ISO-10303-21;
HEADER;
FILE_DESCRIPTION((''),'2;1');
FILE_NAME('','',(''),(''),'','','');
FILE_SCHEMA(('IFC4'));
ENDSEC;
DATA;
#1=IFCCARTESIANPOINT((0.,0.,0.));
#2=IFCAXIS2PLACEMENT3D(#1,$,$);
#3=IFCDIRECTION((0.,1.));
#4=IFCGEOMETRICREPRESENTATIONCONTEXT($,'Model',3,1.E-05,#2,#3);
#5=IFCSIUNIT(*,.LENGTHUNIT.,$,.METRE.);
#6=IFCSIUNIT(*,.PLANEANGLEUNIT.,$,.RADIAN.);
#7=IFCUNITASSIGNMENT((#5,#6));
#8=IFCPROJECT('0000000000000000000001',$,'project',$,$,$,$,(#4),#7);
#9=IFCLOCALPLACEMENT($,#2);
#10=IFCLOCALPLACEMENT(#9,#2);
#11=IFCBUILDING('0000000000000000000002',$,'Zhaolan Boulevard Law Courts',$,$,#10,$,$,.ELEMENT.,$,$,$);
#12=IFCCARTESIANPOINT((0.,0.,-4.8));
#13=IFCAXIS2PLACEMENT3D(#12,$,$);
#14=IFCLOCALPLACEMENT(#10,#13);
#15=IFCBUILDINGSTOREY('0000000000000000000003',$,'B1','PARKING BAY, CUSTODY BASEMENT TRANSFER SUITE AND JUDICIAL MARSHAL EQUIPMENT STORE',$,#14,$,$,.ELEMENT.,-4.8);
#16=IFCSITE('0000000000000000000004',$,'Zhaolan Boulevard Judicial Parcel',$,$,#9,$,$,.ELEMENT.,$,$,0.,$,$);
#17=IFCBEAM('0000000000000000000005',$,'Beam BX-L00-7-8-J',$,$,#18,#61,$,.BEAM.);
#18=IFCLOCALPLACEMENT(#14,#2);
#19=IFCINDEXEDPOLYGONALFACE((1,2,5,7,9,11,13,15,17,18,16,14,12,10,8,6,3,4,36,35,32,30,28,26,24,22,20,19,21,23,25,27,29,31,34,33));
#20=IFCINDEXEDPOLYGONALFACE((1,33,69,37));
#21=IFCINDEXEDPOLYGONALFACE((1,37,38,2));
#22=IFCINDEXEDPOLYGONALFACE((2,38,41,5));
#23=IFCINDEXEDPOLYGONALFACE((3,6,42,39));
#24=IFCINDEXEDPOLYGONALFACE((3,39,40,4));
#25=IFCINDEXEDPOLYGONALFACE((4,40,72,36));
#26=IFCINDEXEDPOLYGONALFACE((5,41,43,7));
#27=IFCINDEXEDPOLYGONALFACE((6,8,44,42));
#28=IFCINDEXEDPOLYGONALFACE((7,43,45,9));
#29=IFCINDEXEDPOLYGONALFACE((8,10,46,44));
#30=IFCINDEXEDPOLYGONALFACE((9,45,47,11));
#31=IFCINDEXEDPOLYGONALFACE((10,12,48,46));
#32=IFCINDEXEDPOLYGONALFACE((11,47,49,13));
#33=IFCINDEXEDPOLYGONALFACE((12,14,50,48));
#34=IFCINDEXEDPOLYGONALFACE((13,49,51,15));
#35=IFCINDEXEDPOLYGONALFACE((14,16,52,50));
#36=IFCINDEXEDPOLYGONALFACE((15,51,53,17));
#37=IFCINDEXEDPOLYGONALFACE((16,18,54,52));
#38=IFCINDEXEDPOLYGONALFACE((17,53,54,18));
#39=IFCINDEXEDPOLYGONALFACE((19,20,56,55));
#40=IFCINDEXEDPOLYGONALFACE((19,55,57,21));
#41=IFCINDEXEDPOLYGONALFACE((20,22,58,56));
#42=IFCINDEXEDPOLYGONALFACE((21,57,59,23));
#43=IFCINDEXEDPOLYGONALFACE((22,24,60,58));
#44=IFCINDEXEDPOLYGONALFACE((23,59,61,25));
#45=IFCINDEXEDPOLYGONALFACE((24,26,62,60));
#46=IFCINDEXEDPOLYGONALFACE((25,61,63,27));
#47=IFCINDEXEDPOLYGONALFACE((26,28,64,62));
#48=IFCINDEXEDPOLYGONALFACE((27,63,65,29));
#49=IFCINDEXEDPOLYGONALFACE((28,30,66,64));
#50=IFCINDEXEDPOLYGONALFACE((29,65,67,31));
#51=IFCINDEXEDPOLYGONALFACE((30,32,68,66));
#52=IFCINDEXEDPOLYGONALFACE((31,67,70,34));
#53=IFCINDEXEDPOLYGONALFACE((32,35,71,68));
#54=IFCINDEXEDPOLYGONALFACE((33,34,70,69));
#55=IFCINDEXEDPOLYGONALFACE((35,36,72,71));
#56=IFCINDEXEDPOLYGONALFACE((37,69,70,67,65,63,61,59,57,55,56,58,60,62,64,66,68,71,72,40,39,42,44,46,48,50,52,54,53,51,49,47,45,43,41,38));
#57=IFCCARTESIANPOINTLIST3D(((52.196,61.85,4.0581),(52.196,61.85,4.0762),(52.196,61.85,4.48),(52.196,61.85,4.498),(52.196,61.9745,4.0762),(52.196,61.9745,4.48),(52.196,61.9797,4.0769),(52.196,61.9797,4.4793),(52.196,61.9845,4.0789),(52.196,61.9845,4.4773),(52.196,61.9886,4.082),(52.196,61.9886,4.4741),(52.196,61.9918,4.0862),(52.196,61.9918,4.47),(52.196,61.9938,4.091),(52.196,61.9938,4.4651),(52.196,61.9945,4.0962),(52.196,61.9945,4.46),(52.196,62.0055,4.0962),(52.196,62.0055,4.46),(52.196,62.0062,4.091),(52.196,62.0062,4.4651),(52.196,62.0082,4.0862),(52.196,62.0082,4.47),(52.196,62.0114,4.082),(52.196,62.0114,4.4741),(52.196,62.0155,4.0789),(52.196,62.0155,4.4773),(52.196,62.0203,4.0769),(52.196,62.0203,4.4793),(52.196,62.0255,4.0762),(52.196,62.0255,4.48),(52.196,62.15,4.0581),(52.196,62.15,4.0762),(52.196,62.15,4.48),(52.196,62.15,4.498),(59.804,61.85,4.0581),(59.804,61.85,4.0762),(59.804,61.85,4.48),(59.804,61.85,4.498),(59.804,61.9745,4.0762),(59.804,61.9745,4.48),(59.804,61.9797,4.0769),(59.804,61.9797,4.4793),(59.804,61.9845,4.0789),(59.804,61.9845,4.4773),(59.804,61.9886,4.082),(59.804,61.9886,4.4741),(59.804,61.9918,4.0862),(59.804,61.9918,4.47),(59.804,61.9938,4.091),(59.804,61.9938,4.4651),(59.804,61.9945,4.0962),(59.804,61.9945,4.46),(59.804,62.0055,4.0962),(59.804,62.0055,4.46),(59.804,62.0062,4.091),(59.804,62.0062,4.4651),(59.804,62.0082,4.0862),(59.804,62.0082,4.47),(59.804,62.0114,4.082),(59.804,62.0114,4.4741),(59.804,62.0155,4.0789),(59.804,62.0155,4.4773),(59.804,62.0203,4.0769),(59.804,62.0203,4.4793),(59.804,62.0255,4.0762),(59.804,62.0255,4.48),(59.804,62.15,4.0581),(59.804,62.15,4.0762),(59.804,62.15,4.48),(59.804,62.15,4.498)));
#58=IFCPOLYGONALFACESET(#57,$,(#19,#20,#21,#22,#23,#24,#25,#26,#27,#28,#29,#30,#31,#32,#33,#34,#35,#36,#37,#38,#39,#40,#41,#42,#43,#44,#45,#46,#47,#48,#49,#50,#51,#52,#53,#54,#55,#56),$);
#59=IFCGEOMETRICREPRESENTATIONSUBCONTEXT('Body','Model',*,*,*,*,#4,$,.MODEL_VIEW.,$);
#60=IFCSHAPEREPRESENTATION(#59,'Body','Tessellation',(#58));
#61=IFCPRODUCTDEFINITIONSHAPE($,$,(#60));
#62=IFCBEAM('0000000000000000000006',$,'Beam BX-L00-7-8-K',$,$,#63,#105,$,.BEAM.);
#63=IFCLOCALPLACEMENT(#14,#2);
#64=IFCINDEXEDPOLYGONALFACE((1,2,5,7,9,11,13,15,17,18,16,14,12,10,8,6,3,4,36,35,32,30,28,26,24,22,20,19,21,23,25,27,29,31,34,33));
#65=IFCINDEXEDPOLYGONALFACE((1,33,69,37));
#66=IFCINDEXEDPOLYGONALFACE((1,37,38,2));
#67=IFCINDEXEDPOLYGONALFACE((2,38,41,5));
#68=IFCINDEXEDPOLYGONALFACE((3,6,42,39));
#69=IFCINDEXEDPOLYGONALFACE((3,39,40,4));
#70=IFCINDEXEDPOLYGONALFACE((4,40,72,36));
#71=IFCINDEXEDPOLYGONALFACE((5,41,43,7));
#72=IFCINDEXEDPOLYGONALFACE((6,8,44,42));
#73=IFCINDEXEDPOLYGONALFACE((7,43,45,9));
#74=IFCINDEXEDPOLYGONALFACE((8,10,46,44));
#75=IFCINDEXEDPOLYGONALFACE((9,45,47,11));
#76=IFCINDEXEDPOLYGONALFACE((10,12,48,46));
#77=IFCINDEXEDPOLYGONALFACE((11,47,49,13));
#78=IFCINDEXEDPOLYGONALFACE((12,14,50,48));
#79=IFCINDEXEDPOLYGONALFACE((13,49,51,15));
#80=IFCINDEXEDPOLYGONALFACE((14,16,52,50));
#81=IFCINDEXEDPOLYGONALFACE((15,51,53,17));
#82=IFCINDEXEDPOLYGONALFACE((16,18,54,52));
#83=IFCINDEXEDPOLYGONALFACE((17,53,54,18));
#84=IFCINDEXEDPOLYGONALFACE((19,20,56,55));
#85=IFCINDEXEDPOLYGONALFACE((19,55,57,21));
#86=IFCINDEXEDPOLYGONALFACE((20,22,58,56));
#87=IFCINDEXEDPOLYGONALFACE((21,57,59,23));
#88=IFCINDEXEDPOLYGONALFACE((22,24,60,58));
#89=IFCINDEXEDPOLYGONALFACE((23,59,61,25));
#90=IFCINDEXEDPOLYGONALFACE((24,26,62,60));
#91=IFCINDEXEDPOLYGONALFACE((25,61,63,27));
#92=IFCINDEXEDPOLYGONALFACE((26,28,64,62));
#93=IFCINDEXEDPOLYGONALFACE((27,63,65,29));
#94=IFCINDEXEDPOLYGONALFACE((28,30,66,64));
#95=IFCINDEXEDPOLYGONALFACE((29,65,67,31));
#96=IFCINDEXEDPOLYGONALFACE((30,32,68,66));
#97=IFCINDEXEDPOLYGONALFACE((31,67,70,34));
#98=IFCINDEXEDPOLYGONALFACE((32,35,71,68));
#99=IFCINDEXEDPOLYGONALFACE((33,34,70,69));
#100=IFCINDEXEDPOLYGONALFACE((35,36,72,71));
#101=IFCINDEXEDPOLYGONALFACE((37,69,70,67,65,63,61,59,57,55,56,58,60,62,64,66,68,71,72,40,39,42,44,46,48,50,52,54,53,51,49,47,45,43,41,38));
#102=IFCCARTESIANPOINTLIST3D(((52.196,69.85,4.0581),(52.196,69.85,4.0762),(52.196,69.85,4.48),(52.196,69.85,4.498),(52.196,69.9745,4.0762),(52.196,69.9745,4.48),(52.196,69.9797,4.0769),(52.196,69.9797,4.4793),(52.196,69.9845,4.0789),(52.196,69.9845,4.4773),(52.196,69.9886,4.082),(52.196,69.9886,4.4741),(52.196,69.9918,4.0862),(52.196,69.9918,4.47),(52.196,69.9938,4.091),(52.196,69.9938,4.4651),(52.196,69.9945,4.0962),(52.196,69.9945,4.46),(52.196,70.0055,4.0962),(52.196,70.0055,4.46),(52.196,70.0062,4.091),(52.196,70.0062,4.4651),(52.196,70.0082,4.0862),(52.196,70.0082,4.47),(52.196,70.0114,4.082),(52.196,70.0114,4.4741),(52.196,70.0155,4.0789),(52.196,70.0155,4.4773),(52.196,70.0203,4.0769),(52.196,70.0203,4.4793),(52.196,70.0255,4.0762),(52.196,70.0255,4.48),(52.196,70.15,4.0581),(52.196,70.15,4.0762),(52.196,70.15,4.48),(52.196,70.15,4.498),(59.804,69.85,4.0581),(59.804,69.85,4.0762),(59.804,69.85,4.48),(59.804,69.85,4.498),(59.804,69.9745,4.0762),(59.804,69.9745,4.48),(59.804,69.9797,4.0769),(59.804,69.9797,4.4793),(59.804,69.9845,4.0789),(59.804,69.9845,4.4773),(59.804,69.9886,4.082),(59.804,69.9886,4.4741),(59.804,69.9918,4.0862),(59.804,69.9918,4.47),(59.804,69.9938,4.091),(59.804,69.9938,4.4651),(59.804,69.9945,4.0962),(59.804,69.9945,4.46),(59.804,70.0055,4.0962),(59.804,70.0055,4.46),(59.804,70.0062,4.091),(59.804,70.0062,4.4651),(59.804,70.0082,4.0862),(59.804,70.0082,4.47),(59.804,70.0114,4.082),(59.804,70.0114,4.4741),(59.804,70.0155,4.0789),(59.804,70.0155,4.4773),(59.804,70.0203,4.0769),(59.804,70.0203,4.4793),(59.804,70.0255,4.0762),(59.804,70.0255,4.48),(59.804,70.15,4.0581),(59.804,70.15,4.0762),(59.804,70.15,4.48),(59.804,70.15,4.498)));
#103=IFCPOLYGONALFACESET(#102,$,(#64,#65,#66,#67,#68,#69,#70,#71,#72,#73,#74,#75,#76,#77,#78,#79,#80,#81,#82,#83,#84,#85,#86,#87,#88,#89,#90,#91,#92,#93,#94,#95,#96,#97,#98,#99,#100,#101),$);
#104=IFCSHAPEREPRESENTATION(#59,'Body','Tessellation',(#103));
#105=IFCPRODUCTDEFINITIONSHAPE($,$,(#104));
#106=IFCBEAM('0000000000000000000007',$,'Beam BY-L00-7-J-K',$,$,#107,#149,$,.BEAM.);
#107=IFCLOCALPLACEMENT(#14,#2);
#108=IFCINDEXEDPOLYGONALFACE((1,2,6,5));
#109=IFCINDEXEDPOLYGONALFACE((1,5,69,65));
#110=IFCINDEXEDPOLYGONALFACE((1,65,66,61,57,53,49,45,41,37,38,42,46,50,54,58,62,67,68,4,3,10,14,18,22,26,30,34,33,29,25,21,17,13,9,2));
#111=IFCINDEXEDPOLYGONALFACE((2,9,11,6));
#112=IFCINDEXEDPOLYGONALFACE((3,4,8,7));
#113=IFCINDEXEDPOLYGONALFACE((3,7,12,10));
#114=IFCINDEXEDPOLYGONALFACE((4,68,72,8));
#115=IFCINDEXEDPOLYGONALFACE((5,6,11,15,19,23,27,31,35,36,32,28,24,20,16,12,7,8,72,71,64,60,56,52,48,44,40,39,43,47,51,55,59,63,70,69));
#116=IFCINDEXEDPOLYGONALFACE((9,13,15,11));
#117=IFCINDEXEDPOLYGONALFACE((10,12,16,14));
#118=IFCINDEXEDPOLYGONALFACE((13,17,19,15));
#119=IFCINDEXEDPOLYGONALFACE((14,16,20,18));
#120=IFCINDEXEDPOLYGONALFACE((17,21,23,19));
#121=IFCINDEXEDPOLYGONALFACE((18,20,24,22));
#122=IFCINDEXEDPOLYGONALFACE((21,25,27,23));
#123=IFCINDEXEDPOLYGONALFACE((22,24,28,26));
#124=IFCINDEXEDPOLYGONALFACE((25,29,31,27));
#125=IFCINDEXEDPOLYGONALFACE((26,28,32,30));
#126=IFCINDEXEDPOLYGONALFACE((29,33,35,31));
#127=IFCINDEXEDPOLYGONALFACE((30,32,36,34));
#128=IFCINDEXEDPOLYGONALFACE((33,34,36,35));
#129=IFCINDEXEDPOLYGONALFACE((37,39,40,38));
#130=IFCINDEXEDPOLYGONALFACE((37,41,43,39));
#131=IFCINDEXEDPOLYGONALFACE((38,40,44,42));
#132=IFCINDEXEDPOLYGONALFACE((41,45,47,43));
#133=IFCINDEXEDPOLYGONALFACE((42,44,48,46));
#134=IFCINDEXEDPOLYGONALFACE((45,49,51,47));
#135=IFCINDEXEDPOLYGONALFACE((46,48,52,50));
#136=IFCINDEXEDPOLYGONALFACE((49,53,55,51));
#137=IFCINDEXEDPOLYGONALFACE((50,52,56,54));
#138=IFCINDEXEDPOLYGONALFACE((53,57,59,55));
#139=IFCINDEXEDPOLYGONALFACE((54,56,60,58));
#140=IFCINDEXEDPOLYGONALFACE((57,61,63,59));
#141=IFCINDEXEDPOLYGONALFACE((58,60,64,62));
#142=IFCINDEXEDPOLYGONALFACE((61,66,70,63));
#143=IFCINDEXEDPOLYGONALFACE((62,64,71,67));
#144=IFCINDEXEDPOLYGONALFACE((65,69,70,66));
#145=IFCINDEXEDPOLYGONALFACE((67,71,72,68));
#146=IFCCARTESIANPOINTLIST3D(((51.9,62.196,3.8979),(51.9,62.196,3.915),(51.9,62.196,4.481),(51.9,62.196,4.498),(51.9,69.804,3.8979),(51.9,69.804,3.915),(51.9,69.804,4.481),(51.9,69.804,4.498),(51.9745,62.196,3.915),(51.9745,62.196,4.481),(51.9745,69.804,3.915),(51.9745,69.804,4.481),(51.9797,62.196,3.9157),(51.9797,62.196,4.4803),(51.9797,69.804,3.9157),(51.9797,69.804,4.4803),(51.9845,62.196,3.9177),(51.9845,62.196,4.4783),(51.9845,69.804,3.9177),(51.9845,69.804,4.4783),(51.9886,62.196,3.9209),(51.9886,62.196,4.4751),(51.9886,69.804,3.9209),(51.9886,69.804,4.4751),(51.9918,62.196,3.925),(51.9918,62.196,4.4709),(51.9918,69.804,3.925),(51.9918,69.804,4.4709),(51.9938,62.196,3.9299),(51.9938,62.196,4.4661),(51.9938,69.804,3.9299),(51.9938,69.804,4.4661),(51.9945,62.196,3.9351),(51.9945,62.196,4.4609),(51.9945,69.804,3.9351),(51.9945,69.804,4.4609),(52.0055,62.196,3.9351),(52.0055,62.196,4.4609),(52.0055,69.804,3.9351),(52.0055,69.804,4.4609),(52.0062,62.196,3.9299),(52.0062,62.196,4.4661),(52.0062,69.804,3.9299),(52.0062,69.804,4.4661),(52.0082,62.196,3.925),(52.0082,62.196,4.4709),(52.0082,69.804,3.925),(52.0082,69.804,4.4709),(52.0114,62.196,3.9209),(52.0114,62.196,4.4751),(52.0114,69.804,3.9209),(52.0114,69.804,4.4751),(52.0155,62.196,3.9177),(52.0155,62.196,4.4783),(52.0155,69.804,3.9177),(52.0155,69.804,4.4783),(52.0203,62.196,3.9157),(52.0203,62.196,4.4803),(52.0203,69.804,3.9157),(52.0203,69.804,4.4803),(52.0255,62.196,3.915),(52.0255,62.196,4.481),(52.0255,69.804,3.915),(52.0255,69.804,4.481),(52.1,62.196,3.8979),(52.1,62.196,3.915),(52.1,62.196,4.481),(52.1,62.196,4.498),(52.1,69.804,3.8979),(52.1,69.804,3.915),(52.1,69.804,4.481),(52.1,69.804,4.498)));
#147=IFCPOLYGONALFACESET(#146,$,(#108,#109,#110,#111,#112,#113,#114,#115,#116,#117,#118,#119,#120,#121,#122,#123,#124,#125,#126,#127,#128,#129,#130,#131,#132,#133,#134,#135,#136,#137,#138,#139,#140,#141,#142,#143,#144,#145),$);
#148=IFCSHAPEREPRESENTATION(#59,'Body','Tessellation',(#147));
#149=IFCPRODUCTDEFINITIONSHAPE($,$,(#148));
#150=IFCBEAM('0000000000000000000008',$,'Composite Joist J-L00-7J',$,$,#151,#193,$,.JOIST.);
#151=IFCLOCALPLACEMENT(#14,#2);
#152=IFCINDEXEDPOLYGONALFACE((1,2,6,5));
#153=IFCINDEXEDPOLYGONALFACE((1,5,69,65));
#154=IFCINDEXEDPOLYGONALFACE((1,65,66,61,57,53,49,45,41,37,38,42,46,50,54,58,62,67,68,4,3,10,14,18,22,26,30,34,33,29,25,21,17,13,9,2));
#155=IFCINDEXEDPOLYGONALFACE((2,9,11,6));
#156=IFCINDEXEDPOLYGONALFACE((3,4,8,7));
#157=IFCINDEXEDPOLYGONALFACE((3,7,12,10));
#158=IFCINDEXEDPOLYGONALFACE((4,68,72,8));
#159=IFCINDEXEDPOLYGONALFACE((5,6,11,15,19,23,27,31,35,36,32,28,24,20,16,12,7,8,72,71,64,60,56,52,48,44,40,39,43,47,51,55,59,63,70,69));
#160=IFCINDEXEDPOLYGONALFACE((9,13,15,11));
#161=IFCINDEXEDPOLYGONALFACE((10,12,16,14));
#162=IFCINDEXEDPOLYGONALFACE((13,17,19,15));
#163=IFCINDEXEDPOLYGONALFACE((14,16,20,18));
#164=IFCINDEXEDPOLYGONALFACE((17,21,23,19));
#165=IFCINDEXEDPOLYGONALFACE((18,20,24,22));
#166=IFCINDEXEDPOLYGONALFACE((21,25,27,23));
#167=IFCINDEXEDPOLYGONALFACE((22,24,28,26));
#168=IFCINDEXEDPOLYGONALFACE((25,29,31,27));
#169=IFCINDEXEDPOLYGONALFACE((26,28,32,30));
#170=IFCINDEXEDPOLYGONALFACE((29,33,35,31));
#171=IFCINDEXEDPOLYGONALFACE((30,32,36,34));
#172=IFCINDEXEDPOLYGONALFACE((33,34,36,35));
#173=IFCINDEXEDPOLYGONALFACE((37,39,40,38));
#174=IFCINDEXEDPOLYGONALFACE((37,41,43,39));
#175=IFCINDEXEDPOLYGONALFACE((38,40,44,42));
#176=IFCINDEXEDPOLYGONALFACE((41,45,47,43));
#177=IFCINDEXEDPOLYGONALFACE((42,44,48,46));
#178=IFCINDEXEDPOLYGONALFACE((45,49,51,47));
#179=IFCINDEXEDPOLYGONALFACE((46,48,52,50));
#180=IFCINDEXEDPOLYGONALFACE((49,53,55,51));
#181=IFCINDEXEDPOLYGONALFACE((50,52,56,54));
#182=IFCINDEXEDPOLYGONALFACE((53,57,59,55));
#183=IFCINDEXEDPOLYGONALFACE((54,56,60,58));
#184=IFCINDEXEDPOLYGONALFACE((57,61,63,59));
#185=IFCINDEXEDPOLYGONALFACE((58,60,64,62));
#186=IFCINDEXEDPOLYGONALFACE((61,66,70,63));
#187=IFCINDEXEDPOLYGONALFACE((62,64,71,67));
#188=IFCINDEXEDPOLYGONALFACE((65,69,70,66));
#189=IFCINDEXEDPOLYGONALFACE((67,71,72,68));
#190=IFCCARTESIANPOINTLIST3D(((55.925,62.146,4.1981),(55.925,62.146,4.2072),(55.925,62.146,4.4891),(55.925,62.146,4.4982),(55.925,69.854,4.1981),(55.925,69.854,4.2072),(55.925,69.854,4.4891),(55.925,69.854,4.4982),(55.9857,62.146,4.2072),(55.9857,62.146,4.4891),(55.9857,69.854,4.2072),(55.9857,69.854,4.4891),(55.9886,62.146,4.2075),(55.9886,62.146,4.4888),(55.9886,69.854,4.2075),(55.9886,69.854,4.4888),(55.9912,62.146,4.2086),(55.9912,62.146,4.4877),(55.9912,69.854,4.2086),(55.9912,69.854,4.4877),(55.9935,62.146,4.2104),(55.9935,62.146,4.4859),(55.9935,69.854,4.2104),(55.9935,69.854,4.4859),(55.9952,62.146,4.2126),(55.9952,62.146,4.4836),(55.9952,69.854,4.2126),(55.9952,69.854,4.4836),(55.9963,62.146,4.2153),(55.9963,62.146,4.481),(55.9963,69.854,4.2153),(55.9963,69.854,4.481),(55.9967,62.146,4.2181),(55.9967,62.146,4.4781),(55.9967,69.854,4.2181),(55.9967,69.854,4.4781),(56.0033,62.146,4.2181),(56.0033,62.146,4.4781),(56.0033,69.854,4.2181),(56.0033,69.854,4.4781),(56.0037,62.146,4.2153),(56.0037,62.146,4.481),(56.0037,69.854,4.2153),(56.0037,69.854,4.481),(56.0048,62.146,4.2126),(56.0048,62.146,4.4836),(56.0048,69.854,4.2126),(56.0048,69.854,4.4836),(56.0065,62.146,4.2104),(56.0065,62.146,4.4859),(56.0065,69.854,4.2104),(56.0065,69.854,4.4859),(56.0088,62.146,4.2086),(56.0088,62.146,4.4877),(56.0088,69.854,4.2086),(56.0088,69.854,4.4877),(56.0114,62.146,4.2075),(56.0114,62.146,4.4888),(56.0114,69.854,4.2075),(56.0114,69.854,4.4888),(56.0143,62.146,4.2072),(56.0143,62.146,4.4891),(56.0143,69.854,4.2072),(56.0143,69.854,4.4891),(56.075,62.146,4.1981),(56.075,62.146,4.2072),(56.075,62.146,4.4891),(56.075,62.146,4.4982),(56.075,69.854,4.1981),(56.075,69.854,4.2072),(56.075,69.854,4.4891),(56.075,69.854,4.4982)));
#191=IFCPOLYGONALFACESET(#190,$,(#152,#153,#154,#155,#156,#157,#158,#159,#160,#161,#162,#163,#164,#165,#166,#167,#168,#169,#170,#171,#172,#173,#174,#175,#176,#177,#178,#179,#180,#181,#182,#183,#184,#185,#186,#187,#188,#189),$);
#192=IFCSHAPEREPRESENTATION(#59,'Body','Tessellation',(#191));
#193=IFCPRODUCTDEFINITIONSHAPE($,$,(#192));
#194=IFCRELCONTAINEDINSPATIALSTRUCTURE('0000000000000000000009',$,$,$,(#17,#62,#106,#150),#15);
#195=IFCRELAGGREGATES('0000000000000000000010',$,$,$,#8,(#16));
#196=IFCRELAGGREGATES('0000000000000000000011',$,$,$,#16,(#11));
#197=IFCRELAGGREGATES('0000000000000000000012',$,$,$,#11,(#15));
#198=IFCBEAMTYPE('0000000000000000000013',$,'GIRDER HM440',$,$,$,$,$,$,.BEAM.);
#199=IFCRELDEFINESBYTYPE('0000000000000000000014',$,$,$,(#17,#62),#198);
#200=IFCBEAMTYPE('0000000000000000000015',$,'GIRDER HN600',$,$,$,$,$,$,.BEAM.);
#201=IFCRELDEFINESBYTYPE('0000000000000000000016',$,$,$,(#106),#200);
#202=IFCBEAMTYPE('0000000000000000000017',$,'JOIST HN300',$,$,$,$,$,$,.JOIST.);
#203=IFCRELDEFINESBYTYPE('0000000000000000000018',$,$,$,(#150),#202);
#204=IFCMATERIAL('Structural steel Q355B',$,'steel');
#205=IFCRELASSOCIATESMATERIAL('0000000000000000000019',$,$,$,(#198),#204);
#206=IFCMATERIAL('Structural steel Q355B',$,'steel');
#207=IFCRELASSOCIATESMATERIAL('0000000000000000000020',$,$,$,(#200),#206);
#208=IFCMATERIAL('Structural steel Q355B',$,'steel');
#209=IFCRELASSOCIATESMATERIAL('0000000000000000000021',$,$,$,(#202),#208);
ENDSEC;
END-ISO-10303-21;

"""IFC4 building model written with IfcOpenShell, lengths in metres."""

from ifc_helpers import new_model, si_unit, direction, frame, origin, origin_2d, place, context, subcontext, project, spatial, i_section, extrude, material, material_profile, profile_set, type_object, element, save


model = new_model("IFC4")

# Units and contexts
model_context = context("Model", 3, precision=1e-05, world=origin(), true_north=direction((0.0, 1.0)))
body_context = subcontext(model_context, "Body", "Model", "MODEL_VIEW")
ifc_project = project(units=[si_unit("LENGTHUNIT", "METRE"), si_unit("PLANEANGLEUNIT", "RADIAN")], contexts=[model_context])

# Site, building, storey
site_placement = place(None, origin())
site = spatial("IfcSite", under=ifc_project, at=site_placement, Name="Zhaolan Boulevard Judicial Parcel", CompositionType="ELEMENT", RefElevation=0.0)
building_placement = place(site_placement, origin())
building = spatial("IfcBuilding", under=site, at=building_placement, Name="Zhaolan Boulevard Law Courts", CompositionType="ELEMENT")
storey_placement = place(building_placement, frame((0.0, 0.0, -4.8)))
storey = spatial("IfcBuildingStorey", under=building, at=storey_placement, Name="B1", Description="PARKING BAY, CUSTODY BASEMENT TRANSFER SUITE AND JUDICIAL MARSHAL EQUIPMENT STORE", CompositionType="ELEMENT", Elevation=-4.8)

# Beams
ifc_material_1 = material(Name="Structural steel Q355B", Category="steel")
ifc_material_profile_1 = material_profile(ifc_material_1, i_section(OverallWidth=0.3, OverallDepth=0.4399, WebThickness=0.011, FlangeThickness=0.0181, FilletRadius=0.02, at=origin_2d()), Name="HM440x300")
ifc_profile_set_1 = profile_set([ifc_material_profile_1], Name="Structural steel Q355B")
beam_type_1 = type_object("IfcBeamType", Name="GIRDER HM440", PredefinedType="BEAM", material=ifc_profile_set_1)
for number, where, z_axis, x_axis, name in (
    (1, (52.196, 62.0, 4.2781), (1.0, 0.0, 0.0), (0.0, 1.0, 0.0), "Beam BX-L00-7-8-J"),
    (2, (52.196, 70.0, 4.2781), (1.0, 0.0, 0.0), (0.0, 1.0, 0.0), "Beam BX-L00-7-8-K"),
):
    element("IfcBeam", number, at=place(storey_placement, frame(where, z_axis=z_axis, x_axis=x_axis)), inside=storey, type_object=beam_type_1, Name=name, PredefinedType="BEAM", context=body_context, shape_type="SweptSolid", body=[
        extrude(i_section(OverallWidth=0.3, OverallDepth=0.4399, WebThickness=0.011, FlangeThickness=0.0181, FilletRadius=0.02, at=origin_2d()), origin(), (0.0, 0.0, 1.0), 7.6079),
    ])
ifc_material_2 = material(Name="Structural steel Q355B", Category="steel")
ifc_material_profile_2 = material_profile(ifc_material_2, i_section(OverallWidth=0.2, OverallDepth=0.6001, WebThickness=0.011, FlangeThickness=0.0171, FilletRadius=0.02, at=origin_2d()), Name="HN600x200")
ifc_profile_set_2 = profile_set([ifc_material_profile_2], Name="Structural steel Q355B")
beam_type_2 = type_object("IfcBeamType", Name="GIRDER HN600", PredefinedType="BEAM", material=ifc_profile_set_2)
beam_1_placement = place(storey_placement, frame((52.0, 62.196, 4.198), z_axis=(0.0, 1.0, 0.0), x_axis=(-1.0, 0.0, 0.0)))
element("IfcBeam", 3, at=beam_1_placement, inside=storey, type_object=beam_type_2, Name="Beam BY-L00-7-J-K", PredefinedType="BEAM", context=body_context, shape_type="SweptSolid", body=[
    extrude(i_section(OverallWidth=0.2, OverallDepth=0.6001, WebThickness=0.011, FlangeThickness=0.0171, FilletRadius=0.02, at=origin_2d()), origin(), (0.0, 0.0, 1.0), 7.6079),
])
ifc_material_3 = material(Name="Structural steel Q355B", Category="steel")
ifc_material_profile_3 = material_profile(ifc_material_3, i_section(OverallWidth=0.1499, OverallDepth=0.3, WebThickness=0.0066, FlangeThickness=0.009, FilletRadius=0.011, at=origin_2d()), Name="HN300x150")
ifc_profile_set_3 = profile_set([ifc_material_profile_3], Name="Structural steel Q355B")
beam_type_3 = type_object("IfcBeamType", Name="JOIST HN300", PredefinedType="JOIST", material=ifc_profile_set_3)
beam_2_placement = place(storey_placement, frame((56.0, 62.146, 4.3481), z_axis=(0.0, 1.0, 0.0), x_axis=(-1.0, 0.0, 0.0)))
element("IfcBeam", 4, at=beam_2_placement, inside=storey, type_object=beam_type_3, Name="Composite Joist J-L00-7J", PredefinedType="JOIST", context=body_context, shape_type="SweptSolid", body=[
    extrude(i_section(OverallWidth=0.1499, OverallDepth=0.3, WebThickness=0.0066, FlangeThickness=0.009, FilletRadius=0.011, at=origin_2d()), origin(), (0.0, 0.0, 1.0), 7.708),
])

save(model, "model.ifc")
